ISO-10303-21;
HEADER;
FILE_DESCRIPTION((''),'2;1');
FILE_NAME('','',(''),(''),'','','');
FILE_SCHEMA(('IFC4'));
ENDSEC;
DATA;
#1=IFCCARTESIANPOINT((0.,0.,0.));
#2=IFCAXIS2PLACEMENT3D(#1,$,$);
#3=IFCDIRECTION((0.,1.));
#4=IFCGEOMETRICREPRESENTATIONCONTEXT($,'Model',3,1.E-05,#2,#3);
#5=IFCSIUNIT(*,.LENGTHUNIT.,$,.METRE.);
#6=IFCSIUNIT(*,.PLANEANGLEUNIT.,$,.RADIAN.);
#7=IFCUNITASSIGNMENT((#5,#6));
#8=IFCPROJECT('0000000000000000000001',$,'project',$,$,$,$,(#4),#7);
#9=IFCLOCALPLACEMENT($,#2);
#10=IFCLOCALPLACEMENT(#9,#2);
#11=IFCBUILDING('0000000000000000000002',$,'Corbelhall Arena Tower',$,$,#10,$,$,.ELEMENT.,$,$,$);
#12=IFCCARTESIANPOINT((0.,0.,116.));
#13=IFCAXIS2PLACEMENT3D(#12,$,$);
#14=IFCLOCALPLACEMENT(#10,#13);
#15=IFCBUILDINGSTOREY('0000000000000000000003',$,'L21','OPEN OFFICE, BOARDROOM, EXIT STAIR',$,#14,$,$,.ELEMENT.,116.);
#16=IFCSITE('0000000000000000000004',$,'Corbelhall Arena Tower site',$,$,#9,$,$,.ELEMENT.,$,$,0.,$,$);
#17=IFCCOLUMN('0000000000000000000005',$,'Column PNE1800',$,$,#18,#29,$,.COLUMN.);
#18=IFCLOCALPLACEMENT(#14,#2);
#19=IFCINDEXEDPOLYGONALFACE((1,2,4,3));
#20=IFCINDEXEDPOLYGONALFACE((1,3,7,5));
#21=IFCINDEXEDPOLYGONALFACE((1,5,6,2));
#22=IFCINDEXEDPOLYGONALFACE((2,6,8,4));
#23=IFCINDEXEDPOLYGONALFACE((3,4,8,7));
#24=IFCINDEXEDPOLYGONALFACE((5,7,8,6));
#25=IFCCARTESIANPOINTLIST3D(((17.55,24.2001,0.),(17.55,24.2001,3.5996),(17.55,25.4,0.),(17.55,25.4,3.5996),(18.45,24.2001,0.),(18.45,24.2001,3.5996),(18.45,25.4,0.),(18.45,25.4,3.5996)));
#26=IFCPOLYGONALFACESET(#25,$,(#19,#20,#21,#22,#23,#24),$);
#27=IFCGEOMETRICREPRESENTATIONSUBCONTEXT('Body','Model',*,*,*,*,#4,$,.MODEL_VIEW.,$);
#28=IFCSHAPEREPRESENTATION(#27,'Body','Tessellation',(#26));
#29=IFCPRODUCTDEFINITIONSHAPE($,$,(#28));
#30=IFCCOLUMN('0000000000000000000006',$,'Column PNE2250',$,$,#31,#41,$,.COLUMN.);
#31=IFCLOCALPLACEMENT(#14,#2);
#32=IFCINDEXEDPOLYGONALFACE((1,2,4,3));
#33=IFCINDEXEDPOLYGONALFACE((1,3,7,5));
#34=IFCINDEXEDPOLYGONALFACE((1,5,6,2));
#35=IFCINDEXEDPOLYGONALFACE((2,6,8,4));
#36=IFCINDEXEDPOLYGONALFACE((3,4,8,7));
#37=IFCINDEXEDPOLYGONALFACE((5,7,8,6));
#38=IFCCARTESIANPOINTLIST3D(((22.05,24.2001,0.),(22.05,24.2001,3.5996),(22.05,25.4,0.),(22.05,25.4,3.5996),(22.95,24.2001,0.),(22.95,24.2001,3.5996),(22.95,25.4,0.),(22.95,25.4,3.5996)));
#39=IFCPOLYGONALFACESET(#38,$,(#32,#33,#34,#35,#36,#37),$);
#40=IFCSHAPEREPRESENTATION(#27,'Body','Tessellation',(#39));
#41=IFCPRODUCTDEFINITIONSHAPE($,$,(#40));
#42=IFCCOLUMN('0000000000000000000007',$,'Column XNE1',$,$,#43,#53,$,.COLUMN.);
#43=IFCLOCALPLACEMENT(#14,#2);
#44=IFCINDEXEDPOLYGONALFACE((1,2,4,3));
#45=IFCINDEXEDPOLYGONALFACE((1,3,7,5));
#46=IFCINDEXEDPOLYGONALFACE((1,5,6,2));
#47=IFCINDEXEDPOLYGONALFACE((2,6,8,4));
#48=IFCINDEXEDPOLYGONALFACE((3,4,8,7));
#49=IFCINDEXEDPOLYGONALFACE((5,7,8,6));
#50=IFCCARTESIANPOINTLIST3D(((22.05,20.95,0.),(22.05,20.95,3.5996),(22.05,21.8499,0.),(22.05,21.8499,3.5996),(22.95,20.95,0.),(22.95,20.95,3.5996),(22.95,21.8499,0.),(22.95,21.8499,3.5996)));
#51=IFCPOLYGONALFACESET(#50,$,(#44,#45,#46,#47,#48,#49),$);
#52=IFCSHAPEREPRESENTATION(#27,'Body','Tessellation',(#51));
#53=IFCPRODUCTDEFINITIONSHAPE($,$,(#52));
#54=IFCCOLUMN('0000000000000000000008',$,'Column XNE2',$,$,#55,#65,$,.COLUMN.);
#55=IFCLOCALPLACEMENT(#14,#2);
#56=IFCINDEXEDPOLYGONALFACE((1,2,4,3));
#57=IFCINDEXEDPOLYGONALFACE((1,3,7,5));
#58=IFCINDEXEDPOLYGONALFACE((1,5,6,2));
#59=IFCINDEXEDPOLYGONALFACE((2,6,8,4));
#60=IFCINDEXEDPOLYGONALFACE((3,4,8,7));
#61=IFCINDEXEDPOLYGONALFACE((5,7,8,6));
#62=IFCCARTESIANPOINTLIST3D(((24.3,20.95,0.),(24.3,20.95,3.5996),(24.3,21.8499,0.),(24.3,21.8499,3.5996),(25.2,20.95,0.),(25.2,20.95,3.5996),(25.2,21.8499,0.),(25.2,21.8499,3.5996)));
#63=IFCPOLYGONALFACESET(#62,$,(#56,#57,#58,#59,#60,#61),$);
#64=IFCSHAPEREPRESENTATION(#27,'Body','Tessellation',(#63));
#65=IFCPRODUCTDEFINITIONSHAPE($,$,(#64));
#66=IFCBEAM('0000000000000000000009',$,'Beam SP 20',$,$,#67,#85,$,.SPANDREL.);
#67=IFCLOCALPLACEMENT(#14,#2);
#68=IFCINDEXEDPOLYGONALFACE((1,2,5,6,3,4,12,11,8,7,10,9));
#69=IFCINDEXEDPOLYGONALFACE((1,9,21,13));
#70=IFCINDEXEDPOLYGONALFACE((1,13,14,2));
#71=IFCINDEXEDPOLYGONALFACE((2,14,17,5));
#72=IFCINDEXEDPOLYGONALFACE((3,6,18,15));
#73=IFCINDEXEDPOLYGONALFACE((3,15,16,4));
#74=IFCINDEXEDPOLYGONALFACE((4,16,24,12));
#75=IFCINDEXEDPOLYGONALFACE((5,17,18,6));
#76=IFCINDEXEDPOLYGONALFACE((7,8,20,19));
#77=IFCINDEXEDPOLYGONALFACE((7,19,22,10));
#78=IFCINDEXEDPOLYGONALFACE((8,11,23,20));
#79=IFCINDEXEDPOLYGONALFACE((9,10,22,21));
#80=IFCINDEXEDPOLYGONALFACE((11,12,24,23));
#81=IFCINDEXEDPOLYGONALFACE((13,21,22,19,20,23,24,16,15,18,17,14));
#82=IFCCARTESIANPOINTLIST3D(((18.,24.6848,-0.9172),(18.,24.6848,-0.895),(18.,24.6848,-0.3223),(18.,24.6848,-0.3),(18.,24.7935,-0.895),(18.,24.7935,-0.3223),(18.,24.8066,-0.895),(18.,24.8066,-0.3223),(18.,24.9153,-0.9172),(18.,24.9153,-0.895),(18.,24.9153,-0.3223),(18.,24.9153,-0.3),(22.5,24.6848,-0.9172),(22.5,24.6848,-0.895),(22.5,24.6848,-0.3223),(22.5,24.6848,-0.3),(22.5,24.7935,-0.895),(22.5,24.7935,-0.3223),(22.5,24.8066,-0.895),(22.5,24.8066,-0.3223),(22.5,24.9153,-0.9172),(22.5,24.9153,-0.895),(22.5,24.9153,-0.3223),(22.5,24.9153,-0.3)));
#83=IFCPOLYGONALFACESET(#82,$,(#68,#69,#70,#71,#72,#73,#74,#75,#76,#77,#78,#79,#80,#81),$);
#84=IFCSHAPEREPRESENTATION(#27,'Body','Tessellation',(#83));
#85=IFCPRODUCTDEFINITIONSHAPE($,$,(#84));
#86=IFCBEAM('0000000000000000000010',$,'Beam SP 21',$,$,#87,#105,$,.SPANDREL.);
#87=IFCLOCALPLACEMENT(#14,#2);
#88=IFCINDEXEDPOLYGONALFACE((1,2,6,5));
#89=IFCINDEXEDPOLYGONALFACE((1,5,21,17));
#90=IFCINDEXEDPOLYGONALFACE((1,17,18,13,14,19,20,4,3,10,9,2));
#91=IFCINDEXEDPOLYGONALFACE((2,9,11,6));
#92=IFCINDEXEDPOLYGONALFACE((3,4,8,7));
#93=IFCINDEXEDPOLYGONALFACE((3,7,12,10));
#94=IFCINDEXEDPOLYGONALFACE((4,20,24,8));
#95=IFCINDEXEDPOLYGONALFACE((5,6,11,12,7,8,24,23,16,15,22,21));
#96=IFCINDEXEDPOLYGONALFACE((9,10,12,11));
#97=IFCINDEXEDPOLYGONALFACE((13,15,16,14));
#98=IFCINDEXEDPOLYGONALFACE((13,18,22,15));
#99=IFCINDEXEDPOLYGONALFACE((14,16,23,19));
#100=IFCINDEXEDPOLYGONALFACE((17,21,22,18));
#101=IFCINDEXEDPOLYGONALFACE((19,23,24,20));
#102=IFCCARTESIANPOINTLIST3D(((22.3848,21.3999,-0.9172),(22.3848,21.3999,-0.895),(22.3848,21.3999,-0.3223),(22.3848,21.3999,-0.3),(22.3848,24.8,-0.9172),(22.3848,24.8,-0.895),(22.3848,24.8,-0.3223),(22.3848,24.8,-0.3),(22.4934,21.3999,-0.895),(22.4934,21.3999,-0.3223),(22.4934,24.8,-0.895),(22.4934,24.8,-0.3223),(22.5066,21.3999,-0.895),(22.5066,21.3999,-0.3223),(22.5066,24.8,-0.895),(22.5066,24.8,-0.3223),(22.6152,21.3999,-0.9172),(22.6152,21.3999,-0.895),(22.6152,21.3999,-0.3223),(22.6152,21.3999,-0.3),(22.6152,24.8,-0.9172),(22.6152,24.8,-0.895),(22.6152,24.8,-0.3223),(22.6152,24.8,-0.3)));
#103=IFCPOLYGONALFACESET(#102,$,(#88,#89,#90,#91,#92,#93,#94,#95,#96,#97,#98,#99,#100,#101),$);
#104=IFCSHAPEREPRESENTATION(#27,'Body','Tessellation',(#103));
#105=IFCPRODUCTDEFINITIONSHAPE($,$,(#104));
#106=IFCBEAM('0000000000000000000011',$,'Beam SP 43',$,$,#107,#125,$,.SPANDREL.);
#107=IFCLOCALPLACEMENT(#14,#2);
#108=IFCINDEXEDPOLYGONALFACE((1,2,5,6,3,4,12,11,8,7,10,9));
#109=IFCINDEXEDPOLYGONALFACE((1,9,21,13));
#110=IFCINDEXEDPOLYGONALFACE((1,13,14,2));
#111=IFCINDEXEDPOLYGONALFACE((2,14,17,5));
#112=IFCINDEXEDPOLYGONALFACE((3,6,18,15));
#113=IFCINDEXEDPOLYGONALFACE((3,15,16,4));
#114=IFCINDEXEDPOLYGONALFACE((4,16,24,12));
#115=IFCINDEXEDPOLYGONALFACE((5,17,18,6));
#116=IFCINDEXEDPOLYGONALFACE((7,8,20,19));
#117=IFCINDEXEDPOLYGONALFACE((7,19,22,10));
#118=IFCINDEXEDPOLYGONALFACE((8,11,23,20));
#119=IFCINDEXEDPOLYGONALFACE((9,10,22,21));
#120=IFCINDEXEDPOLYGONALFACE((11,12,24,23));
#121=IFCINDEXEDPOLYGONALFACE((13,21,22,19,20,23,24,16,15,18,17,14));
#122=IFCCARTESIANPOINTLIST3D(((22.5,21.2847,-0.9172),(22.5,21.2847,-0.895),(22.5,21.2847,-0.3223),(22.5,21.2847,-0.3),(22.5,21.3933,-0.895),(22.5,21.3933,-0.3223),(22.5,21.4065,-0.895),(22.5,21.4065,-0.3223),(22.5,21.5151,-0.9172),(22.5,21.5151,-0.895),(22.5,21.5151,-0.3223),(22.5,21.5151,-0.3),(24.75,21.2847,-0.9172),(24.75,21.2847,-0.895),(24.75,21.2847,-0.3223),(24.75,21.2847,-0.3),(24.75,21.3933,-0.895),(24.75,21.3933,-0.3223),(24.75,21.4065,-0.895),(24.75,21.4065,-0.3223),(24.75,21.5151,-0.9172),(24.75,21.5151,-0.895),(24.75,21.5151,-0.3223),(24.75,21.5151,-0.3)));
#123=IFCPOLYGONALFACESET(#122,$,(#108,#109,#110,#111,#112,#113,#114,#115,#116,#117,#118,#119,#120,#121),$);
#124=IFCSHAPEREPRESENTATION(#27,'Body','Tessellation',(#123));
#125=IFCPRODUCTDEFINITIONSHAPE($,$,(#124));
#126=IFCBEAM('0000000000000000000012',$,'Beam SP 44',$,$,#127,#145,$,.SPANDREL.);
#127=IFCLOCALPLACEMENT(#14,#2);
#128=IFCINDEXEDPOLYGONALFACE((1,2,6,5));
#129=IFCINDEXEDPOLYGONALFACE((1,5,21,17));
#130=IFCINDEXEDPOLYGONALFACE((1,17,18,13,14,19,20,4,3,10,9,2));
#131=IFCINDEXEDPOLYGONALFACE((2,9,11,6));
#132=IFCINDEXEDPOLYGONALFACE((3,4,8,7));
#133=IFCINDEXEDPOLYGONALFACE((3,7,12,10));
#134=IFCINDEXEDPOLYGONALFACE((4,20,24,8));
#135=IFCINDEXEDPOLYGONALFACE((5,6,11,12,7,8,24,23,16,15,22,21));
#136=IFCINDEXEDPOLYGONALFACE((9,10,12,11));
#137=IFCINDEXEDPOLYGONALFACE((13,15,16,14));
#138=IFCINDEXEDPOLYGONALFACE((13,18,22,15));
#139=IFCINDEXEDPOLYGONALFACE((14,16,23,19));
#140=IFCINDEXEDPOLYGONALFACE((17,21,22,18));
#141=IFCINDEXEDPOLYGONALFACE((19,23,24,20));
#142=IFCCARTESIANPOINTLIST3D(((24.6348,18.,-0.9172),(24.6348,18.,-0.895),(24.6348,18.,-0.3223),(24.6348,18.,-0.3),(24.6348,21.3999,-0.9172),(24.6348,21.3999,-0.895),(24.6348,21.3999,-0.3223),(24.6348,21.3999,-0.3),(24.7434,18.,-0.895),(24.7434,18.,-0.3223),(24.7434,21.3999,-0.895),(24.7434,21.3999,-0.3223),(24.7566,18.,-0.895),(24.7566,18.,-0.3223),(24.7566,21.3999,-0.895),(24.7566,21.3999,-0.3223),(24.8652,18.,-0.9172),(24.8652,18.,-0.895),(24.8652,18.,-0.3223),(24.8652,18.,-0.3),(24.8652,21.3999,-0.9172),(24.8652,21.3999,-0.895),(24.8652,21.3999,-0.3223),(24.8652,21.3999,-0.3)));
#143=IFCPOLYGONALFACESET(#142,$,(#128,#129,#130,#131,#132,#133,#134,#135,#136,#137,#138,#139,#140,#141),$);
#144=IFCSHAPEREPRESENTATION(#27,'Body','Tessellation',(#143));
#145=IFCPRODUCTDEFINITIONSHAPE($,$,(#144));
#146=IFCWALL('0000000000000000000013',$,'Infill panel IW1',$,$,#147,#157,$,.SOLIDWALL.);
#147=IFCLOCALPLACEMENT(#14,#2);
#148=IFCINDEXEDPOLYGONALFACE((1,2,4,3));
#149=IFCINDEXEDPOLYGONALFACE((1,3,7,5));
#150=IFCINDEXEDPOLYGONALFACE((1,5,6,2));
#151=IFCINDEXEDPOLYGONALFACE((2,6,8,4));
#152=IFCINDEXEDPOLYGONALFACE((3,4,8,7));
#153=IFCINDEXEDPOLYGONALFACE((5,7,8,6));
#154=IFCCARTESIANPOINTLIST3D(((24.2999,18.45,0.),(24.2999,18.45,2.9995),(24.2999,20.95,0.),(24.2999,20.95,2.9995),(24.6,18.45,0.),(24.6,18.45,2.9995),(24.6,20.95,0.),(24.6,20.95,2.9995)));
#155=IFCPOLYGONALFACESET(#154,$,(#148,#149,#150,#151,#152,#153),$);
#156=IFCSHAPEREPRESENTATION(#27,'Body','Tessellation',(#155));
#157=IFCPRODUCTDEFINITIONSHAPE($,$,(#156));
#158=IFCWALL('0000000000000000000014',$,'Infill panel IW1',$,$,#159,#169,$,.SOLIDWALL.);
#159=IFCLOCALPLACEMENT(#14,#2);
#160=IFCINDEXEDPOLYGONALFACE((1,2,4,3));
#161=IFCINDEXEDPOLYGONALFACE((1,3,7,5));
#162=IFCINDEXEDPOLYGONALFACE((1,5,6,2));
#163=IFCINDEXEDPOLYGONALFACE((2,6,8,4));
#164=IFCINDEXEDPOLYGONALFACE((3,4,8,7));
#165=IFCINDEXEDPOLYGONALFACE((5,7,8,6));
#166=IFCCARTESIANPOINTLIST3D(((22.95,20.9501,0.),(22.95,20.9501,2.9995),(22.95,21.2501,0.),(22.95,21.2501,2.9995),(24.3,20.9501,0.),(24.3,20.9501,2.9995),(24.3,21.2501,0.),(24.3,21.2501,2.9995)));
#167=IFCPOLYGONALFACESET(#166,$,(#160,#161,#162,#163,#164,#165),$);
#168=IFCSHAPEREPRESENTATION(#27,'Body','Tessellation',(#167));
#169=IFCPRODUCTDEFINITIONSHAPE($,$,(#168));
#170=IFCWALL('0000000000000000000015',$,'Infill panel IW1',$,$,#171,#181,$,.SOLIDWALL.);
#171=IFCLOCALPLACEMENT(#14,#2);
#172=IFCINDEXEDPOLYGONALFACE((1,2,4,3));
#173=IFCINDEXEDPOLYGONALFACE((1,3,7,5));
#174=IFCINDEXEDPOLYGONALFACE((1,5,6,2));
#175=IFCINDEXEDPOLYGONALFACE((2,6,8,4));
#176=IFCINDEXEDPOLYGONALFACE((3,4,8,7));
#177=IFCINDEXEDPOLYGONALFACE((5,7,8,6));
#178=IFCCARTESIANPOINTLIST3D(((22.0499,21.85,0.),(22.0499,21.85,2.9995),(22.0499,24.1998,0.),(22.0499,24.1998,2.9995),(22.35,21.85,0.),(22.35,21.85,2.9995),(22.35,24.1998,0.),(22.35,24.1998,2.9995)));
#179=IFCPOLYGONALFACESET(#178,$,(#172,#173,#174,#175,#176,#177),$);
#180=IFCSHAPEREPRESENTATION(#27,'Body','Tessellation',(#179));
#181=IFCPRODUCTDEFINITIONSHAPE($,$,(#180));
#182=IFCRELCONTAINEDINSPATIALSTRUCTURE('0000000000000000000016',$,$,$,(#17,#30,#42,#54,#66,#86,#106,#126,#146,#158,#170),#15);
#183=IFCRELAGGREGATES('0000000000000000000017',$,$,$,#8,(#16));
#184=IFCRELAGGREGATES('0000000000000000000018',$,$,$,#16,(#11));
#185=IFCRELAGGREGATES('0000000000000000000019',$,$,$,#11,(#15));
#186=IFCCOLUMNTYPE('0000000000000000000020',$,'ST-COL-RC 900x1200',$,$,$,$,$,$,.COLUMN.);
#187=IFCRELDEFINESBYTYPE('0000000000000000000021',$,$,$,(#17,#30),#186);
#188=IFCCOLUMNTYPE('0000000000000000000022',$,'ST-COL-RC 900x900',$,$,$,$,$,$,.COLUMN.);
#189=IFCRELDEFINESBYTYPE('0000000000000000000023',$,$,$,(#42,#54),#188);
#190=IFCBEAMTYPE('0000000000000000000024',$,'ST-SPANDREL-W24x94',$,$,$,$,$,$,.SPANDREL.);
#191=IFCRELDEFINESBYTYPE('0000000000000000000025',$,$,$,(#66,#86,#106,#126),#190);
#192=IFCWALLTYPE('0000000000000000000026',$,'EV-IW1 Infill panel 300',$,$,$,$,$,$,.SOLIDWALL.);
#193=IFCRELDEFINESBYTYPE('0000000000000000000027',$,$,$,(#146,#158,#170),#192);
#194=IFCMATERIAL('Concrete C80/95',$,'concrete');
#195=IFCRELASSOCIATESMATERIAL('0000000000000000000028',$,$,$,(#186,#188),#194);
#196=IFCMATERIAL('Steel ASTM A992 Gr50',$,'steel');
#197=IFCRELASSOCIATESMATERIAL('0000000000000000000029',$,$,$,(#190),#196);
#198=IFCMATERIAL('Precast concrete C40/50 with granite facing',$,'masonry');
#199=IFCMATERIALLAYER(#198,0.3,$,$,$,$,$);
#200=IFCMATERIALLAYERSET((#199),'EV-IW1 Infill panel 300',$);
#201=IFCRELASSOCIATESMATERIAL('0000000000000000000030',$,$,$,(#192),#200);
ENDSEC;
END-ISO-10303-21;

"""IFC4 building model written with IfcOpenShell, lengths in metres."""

from ifc_helpers import new_model, si_unit, direction, frame, frame_2d, origin, origin_2d, place, context, subcontext, project, spatial, rectangle, i_section, extrude, material, layer, layer_set, material_profile, profile_set, type_object, element, save


model = new_model("IFC4")

# Units and contexts
model_context = context("Model", 3, precision=1e-05, world=origin(), true_north=direction((0.0, 1.0)))
body_context = subcontext(model_context, "Body", "Model", "MODEL_VIEW")
ifc_project = project(units=[si_unit("LENGTHUNIT", "METRE"), si_unit("PLANEANGLEUNIT", "RADIAN")], contexts=[model_context])

# Site, building, storey
site_placement = place(None, origin())
site = spatial("IfcSite", under=ifc_project, at=site_placement, Name="Corbelhall Arena Tower site", CompositionType="ELEMENT", RefElevation=0.0)
building_placement = place(site_placement, origin())
building = spatial("IfcBuilding", under=site, at=building_placement, Name="Corbelhall Arena Tower", CompositionType="ELEMENT")
storey_placement = place(building_placement, frame((0.0, 0.0, 116.0)))
storey = spatial("IfcBuildingStorey", under=building, at=storey_placement, Name="L21", Description="OPEN OFFICE, BOARDROOM, EXIT STAIR", CompositionType="ELEMENT", Elevation=116.0)

# Columns
ifc_material_1 = material(Name="Concrete C80/95", Category="concrete")
ifc_material_profile_1 = material_profile(ifc_material_1, rectangle(XDim=0.8999, YDim=1.2, at=origin_2d()))
ifc_profile_set_1 = profile_set([ifc_material_profile_1], Name="Concrete C80/95")
column_type_1 = type_object("IfcColumnType", Name="ST-COL-RC 900x1200", PredefinedType="COLUMN", material=ifc_profile_set_1)
for number, where, z_axis, x_axis, name in (
    (1, (18.0, 24.8, 0.0), (0.0, 0.0, 1.0), (1.0, 0.0, 0.0), "Column PNE1800"),
    (2, (22.5, 24.8, 0.0), (0.0, 0.0, 1.0), (1.0, 0.0, 0.0), "Column PNE2250"),
):
    element("IfcColumn", number, at=place(storey_placement, frame(where, z_axis=z_axis, x_axis=x_axis)), inside=storey, type_object=column_type_1, Name=name, PredefinedType="COLUMN", context=body_context, shape_type="SweptSolid", body=[
        extrude(rectangle(XDim=0.8999, YDim=1.2, at=origin_2d()), origin(), (0.0, 0.0, 1.0), 3.5996),
    ])
ifc_material_profile_2 = material_profile(ifc_material_1, rectangle(XDim=0.8999, YDim=0.8999, at=origin_2d()))
ifc_profile_set_2 = profile_set([ifc_material_profile_2], Name="Concrete C80/95")
column_type_2 = type_object("IfcColumnType", Name="ST-COL-RC 900x900", PredefinedType="COLUMN", material=ifc_profile_set_2)
for number, where, z_axis, x_axis, name in (
    (3, (22.5, 21.3999, 0.0), (0.0, 0.0, 1.0), (1.0, 0.0, 0.0), "Column XNE1"),
    (4, (24.75, 21.3999, 0.0), (0.0, 0.0, 1.0), (1.0, 0.0, 0.0), "Column XNE2"),
):
    element("IfcColumn", number, at=place(storey_placement, frame(where, z_axis=z_axis, x_axis=x_axis)), inside=storey, type_object=column_type_2, Name=name, PredefinedType="COLUMN", context=body_context, shape_type="SweptSolid", body=[
        extrude(rectangle(XDim=0.8999, YDim=0.8999, at=origin_2d()), origin(), (0.0, 0.0, 1.0), 3.5996),
    ])

# Beams
ifc_material_2 = material(Name="Steel ASTM A992 Gr50", Category="steel")
ifc_material_profile_3 = material_profile(ifc_material_2, i_section(OverallWidth=0.2305, OverallDepth=0.6172, WebThickness=0.0132, FlangeThickness=0.0222, at=origin_2d()))
ifc_profile_set_3 = profile_set([ifc_material_profile_3], Name="Steel ASTM A992 Gr50")
beam_type = type_object("IfcBeamType", Name="ST-SPANDREL-W24x94", PredefinedType="SPANDREL", material=ifc_profile_set_3)
beam_1_placement = place(storey_placement, frame((18.0, 24.8, -0.6086), z_axis=(1.0, 0.0, 0.0), x_axis=(0.0, 1.0, 0.0)))
element("IfcBeam", 5, at=beam_1_placement, inside=storey, type_object=beam_type, Name="Beam SP 20", PredefinedType="SPANDREL", context=body_context, shape_type="SweptSolid", body=[
    extrude(i_section(OverallWidth=0.2305, OverallDepth=0.6172, WebThickness=0.0132, FlangeThickness=0.0222, at=origin_2d()), origin(), (0.0, 0.0, 1.0), 4.5),
])
beam_2_placement = place(storey_placement, frame((22.5, 24.8, -0.6086), z_axis=(0.0, -1.0, 0.0), x_axis=(1.0, 0.0, 0.0)))
element("IfcBeam", 6, at=beam_2_placement, inside=storey, type_object=beam_type, Name="Beam SP 21", PredefinedType="SPANDREL", context=body_context, shape_type="SweptSolid", body=[
    extrude(i_section(OverallWidth=0.2305, OverallDepth=0.6172, WebThickness=0.0132, FlangeThickness=0.0222, at=origin_2d()), origin(), (0.0, 0.0, 1.0), 3.4001),
])
beam_3_placement = place(storey_placement, frame((22.5, 21.3999, -0.6086), z_axis=(1.0, 0.0, 0.0), x_axis=(0.0, 1.0, 0.0)))
element("IfcBeam", 7, at=beam_3_placement, inside=storey, type_object=beam_type, Name="Beam SP 43", PredefinedType="SPANDREL", context=body_context, shape_type="SweptSolid", body=[
    extrude(i_section(OverallWidth=0.2305, OverallDepth=0.6172, WebThickness=0.0132, FlangeThickness=0.0222, at=origin_2d()), origin(), (0.0, 0.0, 1.0), 2.25),
])
beam_4_placement = place(storey_placement, frame((24.75, 21.3999, -0.6086), z_axis=(0.0, -1.0, 0.0), x_axis=(1.0, 0.0, 0.0)))
element("IfcBeam", 8, at=beam_4_placement, inside=storey, type_object=beam_type, Name="Beam SP 44", PredefinedType="SPANDREL", context=body_context, shape_type="SweptSolid", body=[
    extrude(i_section(OverallWidth=0.2305, OverallDepth=0.6172, WebThickness=0.0132, FlangeThickness=0.0222, at=origin_2d()), origin(), (0.0, 0.0, 1.0), 3.3999),
])

# Walls
ifc_material_3 = material(Name="Precast concrete C40/50 with granite facing", Category="masonry")
ifc_layer_1 = layer(ifc_material_3, 0.3)
ifc_layer_set_1 = layer_set([ifc_layer_1], Name="EV-IW1 Infill panel 300")
wall_type_1 = type_object("IfcWallType", Name="EV-IW1 Infill panel 300", PredefinedType="SOLIDWALL", material=ifc_layer_set_1)
wall_1_placement = place(storey_placement, frame((24.45, 18.45, 0.0), z_axis=(0.0, 0.0, 1.0), x_axis=(0.0, 1.0, 0.0)))
element("IfcWall", 9, at=wall_1_placement, inside=storey, type_object=wall_type_1, Name="Infill panel IW1", PredefinedType="SOLIDWALL", context=body_context, shape_type="SweptSolid", body=[
    extrude(rectangle(XDim=2.5, YDim=0.3, at=frame_2d((1.25, 0.0))), origin(), (0.0, 0.0, 1.0), 2.9995),
])
wall_2_placement = place(storey_placement, frame((24.3, 21.1001, 0.0), z_axis=(0.0, 0.0, 1.0), x_axis=(-1.0, 0.0, 0.0)))
element("IfcWall", 10, at=wall_2_placement, inside=storey, type_object=wall_type_1, Name="Infill panel IW1", PredefinedType="SOLIDWALL", context=body_context, shape_type="SweptSolid", body=[
    extrude(rectangle(XDim=1.3501, YDim=0.3, at=frame_2d((0.675, 0.0))), origin(), (0.0, 0.0, 1.0), 2.9995),
])
wall_3_placement = place(storey_placement, frame((22.2, 21.8501, 0.0), z_axis=(0.0, 0.0, 1.0), x_axis=(0.0, 1.0, 0.0)))
element("IfcWall", 11, at=wall_3_placement, inside=storey, type_object=wall_type_1, Name="Infill panel IW1", PredefinedType="SOLIDWALL", context=body_context, shape_type="SweptSolid", body=[
    extrude(rectangle(XDim=2.3499, YDim=0.3, at=frame_2d((1.1748, 0.0))), origin(), (0.0, 0.0, 1.0), 2.9995),
])

save(model, "model.ifc")
